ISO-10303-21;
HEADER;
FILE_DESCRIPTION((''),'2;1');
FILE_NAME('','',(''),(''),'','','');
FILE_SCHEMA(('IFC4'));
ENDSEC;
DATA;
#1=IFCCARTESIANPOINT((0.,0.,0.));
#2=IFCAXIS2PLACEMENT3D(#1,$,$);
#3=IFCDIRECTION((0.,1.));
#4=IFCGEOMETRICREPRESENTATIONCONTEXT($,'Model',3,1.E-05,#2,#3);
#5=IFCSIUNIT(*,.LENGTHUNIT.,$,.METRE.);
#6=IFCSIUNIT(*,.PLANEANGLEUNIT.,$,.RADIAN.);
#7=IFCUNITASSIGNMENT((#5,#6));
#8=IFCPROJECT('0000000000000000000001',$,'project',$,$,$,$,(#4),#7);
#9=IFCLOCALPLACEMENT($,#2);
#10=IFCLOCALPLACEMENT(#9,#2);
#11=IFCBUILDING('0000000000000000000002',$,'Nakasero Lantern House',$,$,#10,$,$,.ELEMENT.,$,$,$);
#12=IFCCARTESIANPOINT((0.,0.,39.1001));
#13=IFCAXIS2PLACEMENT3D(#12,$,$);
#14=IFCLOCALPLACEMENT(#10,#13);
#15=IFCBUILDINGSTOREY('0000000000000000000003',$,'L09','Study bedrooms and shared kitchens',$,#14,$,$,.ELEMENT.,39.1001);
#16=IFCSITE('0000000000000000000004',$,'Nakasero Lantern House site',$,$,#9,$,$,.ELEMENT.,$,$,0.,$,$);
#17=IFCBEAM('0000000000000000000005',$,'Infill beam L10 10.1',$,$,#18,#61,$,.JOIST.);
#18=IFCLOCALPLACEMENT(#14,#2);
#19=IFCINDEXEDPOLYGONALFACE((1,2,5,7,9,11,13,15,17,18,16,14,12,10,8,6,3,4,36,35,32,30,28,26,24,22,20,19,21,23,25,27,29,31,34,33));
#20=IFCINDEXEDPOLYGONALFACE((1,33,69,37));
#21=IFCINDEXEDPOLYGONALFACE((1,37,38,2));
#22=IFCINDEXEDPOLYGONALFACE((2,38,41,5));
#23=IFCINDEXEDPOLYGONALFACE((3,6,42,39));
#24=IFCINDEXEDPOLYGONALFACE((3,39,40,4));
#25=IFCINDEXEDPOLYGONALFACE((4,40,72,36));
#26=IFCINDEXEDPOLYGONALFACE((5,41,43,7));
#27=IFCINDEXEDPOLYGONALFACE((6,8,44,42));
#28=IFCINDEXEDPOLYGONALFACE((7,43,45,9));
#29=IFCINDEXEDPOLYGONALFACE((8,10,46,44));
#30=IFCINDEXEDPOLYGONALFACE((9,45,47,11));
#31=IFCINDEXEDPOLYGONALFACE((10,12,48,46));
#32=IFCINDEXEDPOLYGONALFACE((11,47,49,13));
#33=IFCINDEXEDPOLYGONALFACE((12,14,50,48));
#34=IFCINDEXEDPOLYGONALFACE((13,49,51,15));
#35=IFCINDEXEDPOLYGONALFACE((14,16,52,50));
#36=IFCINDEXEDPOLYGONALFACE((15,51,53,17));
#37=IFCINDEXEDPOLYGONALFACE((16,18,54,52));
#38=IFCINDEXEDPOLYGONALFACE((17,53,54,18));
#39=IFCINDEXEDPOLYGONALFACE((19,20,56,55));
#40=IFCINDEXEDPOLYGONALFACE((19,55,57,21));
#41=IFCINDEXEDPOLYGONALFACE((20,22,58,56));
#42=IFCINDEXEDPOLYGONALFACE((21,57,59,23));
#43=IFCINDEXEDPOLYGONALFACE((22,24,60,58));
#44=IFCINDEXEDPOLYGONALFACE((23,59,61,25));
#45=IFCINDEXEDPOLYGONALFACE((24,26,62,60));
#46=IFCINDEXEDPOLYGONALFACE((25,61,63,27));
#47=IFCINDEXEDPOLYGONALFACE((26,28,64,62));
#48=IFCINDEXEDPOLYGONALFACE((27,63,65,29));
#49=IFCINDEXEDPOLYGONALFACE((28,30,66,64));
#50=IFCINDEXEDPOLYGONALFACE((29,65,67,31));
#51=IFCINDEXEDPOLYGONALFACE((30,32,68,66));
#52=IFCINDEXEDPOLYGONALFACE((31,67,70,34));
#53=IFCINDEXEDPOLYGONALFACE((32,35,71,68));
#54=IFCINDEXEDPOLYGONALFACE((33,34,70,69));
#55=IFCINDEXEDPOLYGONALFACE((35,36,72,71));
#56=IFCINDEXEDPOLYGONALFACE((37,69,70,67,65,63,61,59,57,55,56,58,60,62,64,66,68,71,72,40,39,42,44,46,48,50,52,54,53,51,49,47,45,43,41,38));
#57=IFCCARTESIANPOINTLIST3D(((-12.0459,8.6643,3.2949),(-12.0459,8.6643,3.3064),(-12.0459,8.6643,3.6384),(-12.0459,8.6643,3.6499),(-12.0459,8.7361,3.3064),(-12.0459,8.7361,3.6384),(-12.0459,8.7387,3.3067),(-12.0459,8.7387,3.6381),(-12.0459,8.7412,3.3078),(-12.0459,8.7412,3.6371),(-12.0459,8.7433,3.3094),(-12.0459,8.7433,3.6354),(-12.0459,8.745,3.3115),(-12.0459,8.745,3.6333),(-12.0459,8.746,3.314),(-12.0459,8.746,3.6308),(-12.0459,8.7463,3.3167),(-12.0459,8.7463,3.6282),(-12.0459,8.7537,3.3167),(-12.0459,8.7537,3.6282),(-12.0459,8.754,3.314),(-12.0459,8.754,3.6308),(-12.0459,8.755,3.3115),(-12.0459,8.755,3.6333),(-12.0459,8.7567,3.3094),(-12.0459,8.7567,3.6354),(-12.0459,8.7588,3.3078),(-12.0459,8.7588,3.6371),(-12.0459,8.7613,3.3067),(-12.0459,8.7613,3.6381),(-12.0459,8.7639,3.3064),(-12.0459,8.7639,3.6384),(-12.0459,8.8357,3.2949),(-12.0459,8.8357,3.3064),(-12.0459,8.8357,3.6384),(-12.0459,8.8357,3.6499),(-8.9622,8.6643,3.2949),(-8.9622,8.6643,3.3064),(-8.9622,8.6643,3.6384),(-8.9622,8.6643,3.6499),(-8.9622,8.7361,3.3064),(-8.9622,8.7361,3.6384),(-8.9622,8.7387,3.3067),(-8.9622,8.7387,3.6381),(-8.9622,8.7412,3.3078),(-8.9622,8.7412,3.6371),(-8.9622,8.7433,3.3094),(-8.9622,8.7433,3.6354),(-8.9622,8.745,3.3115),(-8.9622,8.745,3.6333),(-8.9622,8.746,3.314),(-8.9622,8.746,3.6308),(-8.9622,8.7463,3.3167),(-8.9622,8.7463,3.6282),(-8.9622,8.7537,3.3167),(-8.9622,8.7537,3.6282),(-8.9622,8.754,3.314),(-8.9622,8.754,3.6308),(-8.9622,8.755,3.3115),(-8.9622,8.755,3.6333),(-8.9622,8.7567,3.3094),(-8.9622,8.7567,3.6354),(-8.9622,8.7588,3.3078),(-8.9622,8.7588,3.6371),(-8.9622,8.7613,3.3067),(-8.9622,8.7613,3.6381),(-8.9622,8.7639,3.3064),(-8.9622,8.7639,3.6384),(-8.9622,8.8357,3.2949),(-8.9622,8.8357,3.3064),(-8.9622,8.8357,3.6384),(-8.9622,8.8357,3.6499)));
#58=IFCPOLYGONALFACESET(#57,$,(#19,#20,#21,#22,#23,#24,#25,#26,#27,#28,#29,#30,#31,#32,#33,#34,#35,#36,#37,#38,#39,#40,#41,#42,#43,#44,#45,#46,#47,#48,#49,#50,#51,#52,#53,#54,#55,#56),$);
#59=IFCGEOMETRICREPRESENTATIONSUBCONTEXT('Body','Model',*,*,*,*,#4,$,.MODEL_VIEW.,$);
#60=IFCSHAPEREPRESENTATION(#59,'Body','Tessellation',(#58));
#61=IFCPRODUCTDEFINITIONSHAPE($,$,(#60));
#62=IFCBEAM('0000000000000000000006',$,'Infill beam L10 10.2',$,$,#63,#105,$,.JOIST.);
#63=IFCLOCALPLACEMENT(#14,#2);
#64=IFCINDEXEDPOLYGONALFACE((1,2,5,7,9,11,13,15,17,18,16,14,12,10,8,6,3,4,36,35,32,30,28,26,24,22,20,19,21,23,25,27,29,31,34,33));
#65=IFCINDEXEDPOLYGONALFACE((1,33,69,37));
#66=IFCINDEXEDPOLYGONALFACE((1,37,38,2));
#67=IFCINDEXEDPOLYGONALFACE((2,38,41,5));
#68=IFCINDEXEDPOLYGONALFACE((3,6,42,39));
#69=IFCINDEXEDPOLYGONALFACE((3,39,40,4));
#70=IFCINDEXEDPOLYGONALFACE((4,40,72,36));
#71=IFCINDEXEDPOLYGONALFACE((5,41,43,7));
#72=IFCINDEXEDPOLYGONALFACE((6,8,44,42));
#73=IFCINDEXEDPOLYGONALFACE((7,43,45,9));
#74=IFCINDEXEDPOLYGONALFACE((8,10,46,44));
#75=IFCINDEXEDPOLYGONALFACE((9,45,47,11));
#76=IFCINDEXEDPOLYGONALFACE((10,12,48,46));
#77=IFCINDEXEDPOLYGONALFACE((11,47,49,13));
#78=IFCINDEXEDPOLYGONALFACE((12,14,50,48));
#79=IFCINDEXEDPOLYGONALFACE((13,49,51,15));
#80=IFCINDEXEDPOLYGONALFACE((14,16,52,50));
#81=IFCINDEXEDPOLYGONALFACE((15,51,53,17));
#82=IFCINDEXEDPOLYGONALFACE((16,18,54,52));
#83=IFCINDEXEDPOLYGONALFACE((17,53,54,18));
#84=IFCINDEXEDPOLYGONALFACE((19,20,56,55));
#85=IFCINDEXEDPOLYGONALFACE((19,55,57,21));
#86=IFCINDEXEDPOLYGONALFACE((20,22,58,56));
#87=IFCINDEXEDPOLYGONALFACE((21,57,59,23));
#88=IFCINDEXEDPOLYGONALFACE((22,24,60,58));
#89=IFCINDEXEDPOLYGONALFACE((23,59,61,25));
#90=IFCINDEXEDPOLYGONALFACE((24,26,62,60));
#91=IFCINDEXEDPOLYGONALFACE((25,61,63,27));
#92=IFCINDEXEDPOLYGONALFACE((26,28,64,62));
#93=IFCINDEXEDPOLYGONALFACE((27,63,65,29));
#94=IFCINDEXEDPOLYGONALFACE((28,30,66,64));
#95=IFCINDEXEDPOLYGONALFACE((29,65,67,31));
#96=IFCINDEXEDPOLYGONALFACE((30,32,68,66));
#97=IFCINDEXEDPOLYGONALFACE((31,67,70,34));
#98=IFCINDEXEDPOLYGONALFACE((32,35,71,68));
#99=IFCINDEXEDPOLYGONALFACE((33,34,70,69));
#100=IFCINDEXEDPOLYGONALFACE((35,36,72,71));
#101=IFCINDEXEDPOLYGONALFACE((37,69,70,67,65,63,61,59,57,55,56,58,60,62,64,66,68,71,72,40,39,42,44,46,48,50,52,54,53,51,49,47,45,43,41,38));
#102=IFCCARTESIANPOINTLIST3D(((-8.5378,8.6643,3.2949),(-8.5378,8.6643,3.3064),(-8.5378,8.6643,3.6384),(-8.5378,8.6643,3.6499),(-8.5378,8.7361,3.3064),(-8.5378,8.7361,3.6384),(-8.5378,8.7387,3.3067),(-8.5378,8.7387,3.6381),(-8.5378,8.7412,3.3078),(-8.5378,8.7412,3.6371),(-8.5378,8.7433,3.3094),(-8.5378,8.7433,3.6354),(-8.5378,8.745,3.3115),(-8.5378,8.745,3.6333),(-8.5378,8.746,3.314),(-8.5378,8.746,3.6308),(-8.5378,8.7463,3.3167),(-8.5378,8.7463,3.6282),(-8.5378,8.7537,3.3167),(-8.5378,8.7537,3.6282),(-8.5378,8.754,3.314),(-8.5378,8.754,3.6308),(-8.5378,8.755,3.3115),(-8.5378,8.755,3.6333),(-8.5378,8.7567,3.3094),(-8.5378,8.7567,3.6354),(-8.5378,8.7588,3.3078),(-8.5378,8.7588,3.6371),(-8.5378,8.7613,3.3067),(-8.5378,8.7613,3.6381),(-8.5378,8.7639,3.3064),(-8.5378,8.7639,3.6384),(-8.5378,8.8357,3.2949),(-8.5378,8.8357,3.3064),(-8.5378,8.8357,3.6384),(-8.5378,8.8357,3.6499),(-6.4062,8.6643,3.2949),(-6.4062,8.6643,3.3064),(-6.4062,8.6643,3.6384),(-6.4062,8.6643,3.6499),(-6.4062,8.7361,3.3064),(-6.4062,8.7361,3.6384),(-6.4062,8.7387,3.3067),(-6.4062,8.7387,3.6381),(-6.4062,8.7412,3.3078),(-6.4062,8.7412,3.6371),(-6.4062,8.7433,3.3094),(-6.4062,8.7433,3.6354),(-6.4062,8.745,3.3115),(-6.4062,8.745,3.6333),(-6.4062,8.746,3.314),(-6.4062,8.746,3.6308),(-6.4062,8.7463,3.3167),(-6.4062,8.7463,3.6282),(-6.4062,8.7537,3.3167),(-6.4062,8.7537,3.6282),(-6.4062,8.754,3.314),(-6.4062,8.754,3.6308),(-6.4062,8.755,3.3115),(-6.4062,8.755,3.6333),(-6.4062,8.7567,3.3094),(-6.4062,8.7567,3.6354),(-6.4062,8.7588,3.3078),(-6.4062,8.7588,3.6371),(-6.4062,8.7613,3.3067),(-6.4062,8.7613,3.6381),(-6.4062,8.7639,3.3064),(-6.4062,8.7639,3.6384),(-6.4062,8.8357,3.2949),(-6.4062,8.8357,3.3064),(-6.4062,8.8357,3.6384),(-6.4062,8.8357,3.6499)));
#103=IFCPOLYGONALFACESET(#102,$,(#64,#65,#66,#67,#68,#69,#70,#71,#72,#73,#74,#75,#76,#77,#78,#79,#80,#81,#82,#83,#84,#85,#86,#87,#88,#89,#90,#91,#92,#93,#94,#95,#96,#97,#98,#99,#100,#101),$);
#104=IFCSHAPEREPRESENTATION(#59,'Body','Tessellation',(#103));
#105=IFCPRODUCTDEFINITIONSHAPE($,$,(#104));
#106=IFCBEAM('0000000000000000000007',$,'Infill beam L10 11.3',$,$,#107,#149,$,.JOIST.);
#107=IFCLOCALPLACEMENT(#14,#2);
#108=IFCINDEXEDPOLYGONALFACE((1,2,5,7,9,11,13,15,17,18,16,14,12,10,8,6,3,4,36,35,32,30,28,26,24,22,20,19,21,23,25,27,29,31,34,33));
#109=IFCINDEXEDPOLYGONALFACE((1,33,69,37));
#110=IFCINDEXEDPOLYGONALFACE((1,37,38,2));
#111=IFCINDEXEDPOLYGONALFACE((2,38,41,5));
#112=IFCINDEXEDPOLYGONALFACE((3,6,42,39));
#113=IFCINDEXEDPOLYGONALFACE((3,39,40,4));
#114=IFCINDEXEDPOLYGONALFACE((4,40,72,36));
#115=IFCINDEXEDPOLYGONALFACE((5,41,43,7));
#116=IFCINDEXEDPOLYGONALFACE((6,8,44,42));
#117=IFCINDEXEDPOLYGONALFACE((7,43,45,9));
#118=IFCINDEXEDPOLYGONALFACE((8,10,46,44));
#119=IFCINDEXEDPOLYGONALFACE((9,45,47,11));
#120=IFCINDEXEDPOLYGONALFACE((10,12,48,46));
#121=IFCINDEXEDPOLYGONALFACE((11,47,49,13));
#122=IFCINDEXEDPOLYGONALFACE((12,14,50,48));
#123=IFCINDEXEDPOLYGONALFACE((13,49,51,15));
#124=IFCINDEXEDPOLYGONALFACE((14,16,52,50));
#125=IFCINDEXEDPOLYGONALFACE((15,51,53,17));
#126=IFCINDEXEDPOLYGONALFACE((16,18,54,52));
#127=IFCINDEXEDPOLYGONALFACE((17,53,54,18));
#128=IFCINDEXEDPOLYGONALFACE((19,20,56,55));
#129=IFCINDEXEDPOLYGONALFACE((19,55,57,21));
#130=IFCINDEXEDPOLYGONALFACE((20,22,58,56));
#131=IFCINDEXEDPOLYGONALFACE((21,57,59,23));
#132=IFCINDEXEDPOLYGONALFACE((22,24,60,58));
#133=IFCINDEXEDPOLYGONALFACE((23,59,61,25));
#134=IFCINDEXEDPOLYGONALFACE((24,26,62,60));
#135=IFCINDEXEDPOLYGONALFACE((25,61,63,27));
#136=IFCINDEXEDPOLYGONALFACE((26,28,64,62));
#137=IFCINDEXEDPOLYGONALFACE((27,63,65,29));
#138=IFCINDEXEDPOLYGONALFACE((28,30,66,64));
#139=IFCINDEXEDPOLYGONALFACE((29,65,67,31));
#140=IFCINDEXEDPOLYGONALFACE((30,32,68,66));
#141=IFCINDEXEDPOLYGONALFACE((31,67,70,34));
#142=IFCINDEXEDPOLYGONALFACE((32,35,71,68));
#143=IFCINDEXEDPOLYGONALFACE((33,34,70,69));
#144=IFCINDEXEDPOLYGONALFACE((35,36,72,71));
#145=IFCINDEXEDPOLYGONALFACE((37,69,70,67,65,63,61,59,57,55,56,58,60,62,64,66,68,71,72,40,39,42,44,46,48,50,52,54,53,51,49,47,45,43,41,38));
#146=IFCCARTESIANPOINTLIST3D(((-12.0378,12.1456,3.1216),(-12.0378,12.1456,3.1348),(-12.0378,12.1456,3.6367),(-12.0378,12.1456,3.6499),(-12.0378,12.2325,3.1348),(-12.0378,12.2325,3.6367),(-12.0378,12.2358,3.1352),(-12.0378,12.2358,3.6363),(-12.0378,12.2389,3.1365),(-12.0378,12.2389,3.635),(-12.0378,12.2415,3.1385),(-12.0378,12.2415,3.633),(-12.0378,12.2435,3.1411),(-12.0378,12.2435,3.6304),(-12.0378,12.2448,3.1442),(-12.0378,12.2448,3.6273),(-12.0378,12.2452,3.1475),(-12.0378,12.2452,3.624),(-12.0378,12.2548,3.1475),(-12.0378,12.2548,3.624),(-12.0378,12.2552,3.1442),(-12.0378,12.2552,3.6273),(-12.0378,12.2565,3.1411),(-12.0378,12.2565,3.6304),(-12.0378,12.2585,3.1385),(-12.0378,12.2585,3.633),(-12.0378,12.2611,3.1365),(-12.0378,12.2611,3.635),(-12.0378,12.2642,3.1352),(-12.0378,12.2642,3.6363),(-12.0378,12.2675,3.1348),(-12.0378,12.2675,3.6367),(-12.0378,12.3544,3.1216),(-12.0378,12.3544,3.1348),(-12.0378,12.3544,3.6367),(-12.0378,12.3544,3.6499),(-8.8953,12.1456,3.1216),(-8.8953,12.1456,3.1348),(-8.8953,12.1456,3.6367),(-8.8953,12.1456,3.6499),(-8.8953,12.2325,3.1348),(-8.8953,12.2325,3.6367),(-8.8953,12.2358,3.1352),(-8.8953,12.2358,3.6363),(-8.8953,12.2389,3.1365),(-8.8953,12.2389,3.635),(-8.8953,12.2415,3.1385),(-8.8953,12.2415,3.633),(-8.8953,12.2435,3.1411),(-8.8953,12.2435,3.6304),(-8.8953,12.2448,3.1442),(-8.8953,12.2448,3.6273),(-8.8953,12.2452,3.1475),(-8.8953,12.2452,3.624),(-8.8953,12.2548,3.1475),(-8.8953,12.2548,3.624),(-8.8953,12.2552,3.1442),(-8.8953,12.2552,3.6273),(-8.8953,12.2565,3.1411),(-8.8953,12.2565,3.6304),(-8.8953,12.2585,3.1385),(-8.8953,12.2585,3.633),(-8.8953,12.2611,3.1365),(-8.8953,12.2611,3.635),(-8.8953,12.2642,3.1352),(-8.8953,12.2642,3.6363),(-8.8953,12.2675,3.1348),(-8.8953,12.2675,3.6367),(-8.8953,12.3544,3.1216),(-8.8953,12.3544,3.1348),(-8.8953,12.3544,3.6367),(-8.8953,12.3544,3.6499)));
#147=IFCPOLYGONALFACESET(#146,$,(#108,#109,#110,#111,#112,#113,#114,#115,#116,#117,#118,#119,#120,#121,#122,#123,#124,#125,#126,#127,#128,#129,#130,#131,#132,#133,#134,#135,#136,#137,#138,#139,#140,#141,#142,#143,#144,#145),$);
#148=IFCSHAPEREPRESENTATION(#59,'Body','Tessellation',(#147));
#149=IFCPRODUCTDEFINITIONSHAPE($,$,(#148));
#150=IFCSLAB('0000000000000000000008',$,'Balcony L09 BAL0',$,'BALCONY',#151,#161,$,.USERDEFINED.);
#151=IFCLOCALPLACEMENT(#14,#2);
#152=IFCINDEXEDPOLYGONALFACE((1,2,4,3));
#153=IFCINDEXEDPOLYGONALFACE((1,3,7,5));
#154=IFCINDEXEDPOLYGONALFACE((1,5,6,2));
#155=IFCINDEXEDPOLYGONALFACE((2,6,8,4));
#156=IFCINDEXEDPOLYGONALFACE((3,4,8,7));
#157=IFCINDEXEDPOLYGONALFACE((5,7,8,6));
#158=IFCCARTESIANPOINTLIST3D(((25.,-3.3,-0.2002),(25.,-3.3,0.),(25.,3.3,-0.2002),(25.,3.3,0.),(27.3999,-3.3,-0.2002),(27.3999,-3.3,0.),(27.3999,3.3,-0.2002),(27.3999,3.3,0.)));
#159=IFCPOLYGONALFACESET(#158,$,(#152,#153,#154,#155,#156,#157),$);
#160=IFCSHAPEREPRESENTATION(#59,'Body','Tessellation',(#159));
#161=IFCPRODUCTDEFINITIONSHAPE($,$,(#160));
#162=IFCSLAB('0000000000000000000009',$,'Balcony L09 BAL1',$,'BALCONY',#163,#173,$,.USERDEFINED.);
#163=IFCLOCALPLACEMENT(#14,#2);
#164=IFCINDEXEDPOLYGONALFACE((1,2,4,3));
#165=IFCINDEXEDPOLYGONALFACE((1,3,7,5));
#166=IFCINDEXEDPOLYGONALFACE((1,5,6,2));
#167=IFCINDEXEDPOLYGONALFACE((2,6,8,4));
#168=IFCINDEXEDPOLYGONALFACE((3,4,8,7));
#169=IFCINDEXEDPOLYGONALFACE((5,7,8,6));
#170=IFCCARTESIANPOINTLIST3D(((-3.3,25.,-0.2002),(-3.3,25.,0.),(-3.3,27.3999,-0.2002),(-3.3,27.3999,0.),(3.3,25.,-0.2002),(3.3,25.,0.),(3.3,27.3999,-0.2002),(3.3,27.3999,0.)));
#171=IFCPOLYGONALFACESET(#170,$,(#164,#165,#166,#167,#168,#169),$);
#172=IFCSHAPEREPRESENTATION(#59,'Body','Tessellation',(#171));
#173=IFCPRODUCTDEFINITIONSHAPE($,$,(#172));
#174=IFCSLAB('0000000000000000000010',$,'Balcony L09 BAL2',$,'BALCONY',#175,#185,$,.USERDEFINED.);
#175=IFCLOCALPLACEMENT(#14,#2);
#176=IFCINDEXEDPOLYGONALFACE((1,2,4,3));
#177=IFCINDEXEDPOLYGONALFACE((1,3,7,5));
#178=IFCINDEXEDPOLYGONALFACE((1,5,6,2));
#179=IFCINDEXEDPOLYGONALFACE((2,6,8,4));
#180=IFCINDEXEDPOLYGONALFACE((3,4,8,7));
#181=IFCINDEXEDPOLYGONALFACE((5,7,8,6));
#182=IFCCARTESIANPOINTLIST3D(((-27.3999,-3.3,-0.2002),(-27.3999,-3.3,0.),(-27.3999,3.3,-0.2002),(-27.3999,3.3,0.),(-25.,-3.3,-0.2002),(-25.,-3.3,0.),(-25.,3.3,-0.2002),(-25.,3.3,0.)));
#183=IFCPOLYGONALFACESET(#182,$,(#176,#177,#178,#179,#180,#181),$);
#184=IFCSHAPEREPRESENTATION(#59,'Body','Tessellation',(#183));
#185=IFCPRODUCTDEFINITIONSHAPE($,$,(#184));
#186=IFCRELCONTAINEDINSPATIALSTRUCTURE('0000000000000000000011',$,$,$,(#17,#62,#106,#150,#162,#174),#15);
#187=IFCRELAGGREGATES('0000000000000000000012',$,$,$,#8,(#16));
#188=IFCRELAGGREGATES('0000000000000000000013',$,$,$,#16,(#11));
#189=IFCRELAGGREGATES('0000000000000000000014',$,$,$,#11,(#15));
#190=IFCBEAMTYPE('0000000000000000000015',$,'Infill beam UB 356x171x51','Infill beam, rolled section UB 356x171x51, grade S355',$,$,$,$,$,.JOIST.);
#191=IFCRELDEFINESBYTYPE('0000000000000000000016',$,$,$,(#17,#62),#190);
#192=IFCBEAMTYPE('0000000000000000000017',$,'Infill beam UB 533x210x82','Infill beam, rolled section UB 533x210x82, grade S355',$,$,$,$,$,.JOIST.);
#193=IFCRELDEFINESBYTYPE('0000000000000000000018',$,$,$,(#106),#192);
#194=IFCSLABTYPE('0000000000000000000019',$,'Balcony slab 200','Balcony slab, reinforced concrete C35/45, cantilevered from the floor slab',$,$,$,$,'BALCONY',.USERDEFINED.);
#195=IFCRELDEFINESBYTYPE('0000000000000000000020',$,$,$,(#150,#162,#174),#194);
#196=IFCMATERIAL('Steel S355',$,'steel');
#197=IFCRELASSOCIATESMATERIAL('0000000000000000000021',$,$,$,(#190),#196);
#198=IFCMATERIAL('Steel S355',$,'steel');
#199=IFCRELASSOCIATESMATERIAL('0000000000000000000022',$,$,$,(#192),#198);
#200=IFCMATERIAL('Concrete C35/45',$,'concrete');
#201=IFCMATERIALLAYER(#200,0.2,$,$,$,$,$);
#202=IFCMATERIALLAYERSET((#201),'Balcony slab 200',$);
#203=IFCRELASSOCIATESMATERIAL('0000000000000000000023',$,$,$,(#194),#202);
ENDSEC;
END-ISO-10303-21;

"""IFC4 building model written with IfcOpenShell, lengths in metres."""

from ifc_helpers import new_model, si_unit, direction, frame, origin, origin_2d, place, context, subcontext, project, spatial, polyline, i_section, outline, extrude, material, layer, layer_set, material_profile, profile_set, type_object, element, save


model = new_model("IFC4")

# Units and contexts
model_context = context("Model", 3, precision=1e-05, world=origin(), true_north=direction((0.0, 1.0)))
body_context = subcontext(model_context, "Body", "Model", "MODEL_VIEW")
ifc_project = project(units=[si_unit("LENGTHUNIT", "METRE"), si_unit("PLANEANGLEUNIT", "RADIAN")], contexts=[model_context])

# Site, building, storey
site_placement = place(None, origin())
site = spatial("IfcSite", under=ifc_project, at=site_placement, Name="Nakasero Lantern House site", CompositionType="ELEMENT", RefElevation=0.0)
building_placement = place(site_placement, origin())
building = spatial("IfcBuilding", under=site, at=building_placement, Name="Nakasero Lantern House", CompositionType="ELEMENT")
storey_placement = place(building_placement, frame((0.0, 0.0, 39.1001)))
storey = spatial("IfcBuildingStorey", under=building, at=storey_placement, Name="L09", Description="Study bedrooms and shared kitchens", CompositionType="ELEMENT", Elevation=39.1001)

# Beams
ifc_material_1 = material(Name="Steel S355", Category="steel")
ifc_material_profile_1 = material_profile(ifc_material_1, i_section(OverallWidth=0.1714, OverallDepth=0.355, WebThickness=0.0073, FlangeThickness=0.0115, FilletRadius=0.0103, at=origin_2d()), Name="UB 356x171x51")
ifc_profile_set_1 = profile_set([ifc_material_profile_1], Name="Steel S355")
beam_type_1 = type_object("IfcBeamType", Name="Infill beam UB 356x171x51", Description="Infill beam, rolled section UB 356x171x51, grade S355", PredefinedType="JOIST", material=ifc_profile_set_1)
beam_1_placement = place(storey_placement, frame((-12.0459, 8.75, 3.4724), z_axis=(1.0, 0.0, 0.0), x_axis=(0.0, 1.0, 0.0)))
element("IfcBeam", 1, at=beam_1_placement, inside=storey, type_object=beam_type_1, Name="Infill beam L10 10.1", PredefinedType="JOIST", context=body_context, shape_type="SweptSolid", body=[
    extrude(i_section(OverallWidth=0.1714, OverallDepth=0.355, WebThickness=0.0073, FlangeThickness=0.0115, FilletRadius=0.0103, at=origin_2d()), origin(), (0.0, 0.0, 1.0), 3.0837),
])
beam_2_placement = place(storey_placement, frame((-8.5378, 8.75, 3.4724), z_axis=(1.0, 0.0, 0.0), x_axis=(0.0, 1.0, 0.0)))
element("IfcBeam", 2, at=beam_2_placement, inside=storey, type_object=beam_type_1, Name="Infill beam L10 10.2", PredefinedType="JOIST", context=body_context, shape_type="SweptSolid", body=[
    extrude(i_section(OverallWidth=0.1714, OverallDepth=0.355, WebThickness=0.0073, FlangeThickness=0.0115, FilletRadius=0.0103, at=origin_2d()), origin(), (0.0, 0.0, 1.0), 2.1316),
])
ifc_material_2 = material(Name="Steel S355", Category="steel")
ifc_material_profile_2 = material_profile(ifc_material_2, i_section(OverallWidth=0.2087, OverallDepth=0.5283, WebThickness=0.0095, FlangeThickness=0.0132, FilletRadius=0.0127, at=origin_2d()), Name="UB 533x210x82")
ifc_profile_set_2 = profile_set([ifc_material_profile_2], Name="Steel S355")
beam_type_2 = type_object("IfcBeamType", Name="Infill beam UB 533x210x82", Description="Infill beam, rolled section UB 533x210x82, grade S355", PredefinedType="JOIST", material=ifc_profile_set_2)
beam_3_placement = place(storey_placement, frame((-12.0378, 12.25, 3.3857), z_axis=(1.0, 0.0, 0.0), x_axis=(0.0, 1.0, 0.0)))
element("IfcBeam", 3, at=beam_3_placement, inside=storey, type_object=beam_type_2, Name="Infill beam L10 11.3", PredefinedType="JOIST", context=body_context, shape_type="SweptSolid", body=[
    extrude(i_section(OverallWidth=0.2087, OverallDepth=0.5283, WebThickness=0.0095, FlangeThickness=0.0132, FilletRadius=0.0127, at=origin_2d()), origin(), (0.0, 0.0, 1.0), 3.1426),
])

# Slabs
ifc_material_3 = material(Name="Concrete C35/45", Category="concrete")
ifc_layer_1 = layer(ifc_material_3, 0.2)
ifc_layer_set_1 = layer_set([ifc_layer_1], Name="Balcony slab 200")
slab_type_1 = type_object("IfcSlabType", Name="Balcony slab 200", Description="Balcony slab, reinforced concrete C35/45, cantilevered from the floor slab", ElementType="BALCONY", PredefinedType="USERDEFINED", material=ifc_layer_set_1)
slab_1_placement = place(storey_placement, frame((0.0, 0.0, -0.2002)))
element("IfcSlab", 4, at=slab_1_placement, inside=storey, type_object=slab_type_1, Name="Balcony L09 BAL0", ObjectType="BALCONY", PredefinedType="USERDEFINED", context=body_context, shape_type="SweptSolid", body=[
    extrude(outline(polyline([(25.0, -3.3), (27.3999, -3.3), (27.3999, 3.3), (25.0, 3.3), (25.0, -3.3)])), origin(), (0.0, 0.0, 1.0), 0.2002),
])
slab_2_placement = place(storey_placement, frame((0.0, 0.0, -0.2002)))
element("IfcSlab", 5, at=slab_2_placement, inside=storey, type_object=slab_type_1, Name="Balcony L09 BAL1", ObjectType="BALCONY", PredefinedType="USERDEFINED", context=body_context, shape_type="SweptSolid", body=[
    extrude(outline(polyline([(3.3, 25.0), (3.3, 27.3999), (-3.3, 27.3999), (-3.3, 25.0), (3.3, 25.0)])), origin(), (0.0, 0.0, 1.0), 0.2002),
])
slab_3_placement = place(storey_placement, frame((0.0, 0.0, -0.2002)))
element("IfcSlab", 6, at=slab_3_placement, inside=storey, type_object=slab_type_1, Name="Balcony L09 BAL2", ObjectType="BALCONY", PredefinedType="USERDEFINED", context=body_context, shape_type="SweptSolid", body=[
    extrude(outline(polyline([(-25.0, 3.3), (-27.3999, 3.3), (-27.3999, -3.3), (-25.0, -3.3), (-25.0, 3.3)])), origin(), (0.0, 0.0, 1.0), 0.2002),
])

save(model, "model.ifc")
